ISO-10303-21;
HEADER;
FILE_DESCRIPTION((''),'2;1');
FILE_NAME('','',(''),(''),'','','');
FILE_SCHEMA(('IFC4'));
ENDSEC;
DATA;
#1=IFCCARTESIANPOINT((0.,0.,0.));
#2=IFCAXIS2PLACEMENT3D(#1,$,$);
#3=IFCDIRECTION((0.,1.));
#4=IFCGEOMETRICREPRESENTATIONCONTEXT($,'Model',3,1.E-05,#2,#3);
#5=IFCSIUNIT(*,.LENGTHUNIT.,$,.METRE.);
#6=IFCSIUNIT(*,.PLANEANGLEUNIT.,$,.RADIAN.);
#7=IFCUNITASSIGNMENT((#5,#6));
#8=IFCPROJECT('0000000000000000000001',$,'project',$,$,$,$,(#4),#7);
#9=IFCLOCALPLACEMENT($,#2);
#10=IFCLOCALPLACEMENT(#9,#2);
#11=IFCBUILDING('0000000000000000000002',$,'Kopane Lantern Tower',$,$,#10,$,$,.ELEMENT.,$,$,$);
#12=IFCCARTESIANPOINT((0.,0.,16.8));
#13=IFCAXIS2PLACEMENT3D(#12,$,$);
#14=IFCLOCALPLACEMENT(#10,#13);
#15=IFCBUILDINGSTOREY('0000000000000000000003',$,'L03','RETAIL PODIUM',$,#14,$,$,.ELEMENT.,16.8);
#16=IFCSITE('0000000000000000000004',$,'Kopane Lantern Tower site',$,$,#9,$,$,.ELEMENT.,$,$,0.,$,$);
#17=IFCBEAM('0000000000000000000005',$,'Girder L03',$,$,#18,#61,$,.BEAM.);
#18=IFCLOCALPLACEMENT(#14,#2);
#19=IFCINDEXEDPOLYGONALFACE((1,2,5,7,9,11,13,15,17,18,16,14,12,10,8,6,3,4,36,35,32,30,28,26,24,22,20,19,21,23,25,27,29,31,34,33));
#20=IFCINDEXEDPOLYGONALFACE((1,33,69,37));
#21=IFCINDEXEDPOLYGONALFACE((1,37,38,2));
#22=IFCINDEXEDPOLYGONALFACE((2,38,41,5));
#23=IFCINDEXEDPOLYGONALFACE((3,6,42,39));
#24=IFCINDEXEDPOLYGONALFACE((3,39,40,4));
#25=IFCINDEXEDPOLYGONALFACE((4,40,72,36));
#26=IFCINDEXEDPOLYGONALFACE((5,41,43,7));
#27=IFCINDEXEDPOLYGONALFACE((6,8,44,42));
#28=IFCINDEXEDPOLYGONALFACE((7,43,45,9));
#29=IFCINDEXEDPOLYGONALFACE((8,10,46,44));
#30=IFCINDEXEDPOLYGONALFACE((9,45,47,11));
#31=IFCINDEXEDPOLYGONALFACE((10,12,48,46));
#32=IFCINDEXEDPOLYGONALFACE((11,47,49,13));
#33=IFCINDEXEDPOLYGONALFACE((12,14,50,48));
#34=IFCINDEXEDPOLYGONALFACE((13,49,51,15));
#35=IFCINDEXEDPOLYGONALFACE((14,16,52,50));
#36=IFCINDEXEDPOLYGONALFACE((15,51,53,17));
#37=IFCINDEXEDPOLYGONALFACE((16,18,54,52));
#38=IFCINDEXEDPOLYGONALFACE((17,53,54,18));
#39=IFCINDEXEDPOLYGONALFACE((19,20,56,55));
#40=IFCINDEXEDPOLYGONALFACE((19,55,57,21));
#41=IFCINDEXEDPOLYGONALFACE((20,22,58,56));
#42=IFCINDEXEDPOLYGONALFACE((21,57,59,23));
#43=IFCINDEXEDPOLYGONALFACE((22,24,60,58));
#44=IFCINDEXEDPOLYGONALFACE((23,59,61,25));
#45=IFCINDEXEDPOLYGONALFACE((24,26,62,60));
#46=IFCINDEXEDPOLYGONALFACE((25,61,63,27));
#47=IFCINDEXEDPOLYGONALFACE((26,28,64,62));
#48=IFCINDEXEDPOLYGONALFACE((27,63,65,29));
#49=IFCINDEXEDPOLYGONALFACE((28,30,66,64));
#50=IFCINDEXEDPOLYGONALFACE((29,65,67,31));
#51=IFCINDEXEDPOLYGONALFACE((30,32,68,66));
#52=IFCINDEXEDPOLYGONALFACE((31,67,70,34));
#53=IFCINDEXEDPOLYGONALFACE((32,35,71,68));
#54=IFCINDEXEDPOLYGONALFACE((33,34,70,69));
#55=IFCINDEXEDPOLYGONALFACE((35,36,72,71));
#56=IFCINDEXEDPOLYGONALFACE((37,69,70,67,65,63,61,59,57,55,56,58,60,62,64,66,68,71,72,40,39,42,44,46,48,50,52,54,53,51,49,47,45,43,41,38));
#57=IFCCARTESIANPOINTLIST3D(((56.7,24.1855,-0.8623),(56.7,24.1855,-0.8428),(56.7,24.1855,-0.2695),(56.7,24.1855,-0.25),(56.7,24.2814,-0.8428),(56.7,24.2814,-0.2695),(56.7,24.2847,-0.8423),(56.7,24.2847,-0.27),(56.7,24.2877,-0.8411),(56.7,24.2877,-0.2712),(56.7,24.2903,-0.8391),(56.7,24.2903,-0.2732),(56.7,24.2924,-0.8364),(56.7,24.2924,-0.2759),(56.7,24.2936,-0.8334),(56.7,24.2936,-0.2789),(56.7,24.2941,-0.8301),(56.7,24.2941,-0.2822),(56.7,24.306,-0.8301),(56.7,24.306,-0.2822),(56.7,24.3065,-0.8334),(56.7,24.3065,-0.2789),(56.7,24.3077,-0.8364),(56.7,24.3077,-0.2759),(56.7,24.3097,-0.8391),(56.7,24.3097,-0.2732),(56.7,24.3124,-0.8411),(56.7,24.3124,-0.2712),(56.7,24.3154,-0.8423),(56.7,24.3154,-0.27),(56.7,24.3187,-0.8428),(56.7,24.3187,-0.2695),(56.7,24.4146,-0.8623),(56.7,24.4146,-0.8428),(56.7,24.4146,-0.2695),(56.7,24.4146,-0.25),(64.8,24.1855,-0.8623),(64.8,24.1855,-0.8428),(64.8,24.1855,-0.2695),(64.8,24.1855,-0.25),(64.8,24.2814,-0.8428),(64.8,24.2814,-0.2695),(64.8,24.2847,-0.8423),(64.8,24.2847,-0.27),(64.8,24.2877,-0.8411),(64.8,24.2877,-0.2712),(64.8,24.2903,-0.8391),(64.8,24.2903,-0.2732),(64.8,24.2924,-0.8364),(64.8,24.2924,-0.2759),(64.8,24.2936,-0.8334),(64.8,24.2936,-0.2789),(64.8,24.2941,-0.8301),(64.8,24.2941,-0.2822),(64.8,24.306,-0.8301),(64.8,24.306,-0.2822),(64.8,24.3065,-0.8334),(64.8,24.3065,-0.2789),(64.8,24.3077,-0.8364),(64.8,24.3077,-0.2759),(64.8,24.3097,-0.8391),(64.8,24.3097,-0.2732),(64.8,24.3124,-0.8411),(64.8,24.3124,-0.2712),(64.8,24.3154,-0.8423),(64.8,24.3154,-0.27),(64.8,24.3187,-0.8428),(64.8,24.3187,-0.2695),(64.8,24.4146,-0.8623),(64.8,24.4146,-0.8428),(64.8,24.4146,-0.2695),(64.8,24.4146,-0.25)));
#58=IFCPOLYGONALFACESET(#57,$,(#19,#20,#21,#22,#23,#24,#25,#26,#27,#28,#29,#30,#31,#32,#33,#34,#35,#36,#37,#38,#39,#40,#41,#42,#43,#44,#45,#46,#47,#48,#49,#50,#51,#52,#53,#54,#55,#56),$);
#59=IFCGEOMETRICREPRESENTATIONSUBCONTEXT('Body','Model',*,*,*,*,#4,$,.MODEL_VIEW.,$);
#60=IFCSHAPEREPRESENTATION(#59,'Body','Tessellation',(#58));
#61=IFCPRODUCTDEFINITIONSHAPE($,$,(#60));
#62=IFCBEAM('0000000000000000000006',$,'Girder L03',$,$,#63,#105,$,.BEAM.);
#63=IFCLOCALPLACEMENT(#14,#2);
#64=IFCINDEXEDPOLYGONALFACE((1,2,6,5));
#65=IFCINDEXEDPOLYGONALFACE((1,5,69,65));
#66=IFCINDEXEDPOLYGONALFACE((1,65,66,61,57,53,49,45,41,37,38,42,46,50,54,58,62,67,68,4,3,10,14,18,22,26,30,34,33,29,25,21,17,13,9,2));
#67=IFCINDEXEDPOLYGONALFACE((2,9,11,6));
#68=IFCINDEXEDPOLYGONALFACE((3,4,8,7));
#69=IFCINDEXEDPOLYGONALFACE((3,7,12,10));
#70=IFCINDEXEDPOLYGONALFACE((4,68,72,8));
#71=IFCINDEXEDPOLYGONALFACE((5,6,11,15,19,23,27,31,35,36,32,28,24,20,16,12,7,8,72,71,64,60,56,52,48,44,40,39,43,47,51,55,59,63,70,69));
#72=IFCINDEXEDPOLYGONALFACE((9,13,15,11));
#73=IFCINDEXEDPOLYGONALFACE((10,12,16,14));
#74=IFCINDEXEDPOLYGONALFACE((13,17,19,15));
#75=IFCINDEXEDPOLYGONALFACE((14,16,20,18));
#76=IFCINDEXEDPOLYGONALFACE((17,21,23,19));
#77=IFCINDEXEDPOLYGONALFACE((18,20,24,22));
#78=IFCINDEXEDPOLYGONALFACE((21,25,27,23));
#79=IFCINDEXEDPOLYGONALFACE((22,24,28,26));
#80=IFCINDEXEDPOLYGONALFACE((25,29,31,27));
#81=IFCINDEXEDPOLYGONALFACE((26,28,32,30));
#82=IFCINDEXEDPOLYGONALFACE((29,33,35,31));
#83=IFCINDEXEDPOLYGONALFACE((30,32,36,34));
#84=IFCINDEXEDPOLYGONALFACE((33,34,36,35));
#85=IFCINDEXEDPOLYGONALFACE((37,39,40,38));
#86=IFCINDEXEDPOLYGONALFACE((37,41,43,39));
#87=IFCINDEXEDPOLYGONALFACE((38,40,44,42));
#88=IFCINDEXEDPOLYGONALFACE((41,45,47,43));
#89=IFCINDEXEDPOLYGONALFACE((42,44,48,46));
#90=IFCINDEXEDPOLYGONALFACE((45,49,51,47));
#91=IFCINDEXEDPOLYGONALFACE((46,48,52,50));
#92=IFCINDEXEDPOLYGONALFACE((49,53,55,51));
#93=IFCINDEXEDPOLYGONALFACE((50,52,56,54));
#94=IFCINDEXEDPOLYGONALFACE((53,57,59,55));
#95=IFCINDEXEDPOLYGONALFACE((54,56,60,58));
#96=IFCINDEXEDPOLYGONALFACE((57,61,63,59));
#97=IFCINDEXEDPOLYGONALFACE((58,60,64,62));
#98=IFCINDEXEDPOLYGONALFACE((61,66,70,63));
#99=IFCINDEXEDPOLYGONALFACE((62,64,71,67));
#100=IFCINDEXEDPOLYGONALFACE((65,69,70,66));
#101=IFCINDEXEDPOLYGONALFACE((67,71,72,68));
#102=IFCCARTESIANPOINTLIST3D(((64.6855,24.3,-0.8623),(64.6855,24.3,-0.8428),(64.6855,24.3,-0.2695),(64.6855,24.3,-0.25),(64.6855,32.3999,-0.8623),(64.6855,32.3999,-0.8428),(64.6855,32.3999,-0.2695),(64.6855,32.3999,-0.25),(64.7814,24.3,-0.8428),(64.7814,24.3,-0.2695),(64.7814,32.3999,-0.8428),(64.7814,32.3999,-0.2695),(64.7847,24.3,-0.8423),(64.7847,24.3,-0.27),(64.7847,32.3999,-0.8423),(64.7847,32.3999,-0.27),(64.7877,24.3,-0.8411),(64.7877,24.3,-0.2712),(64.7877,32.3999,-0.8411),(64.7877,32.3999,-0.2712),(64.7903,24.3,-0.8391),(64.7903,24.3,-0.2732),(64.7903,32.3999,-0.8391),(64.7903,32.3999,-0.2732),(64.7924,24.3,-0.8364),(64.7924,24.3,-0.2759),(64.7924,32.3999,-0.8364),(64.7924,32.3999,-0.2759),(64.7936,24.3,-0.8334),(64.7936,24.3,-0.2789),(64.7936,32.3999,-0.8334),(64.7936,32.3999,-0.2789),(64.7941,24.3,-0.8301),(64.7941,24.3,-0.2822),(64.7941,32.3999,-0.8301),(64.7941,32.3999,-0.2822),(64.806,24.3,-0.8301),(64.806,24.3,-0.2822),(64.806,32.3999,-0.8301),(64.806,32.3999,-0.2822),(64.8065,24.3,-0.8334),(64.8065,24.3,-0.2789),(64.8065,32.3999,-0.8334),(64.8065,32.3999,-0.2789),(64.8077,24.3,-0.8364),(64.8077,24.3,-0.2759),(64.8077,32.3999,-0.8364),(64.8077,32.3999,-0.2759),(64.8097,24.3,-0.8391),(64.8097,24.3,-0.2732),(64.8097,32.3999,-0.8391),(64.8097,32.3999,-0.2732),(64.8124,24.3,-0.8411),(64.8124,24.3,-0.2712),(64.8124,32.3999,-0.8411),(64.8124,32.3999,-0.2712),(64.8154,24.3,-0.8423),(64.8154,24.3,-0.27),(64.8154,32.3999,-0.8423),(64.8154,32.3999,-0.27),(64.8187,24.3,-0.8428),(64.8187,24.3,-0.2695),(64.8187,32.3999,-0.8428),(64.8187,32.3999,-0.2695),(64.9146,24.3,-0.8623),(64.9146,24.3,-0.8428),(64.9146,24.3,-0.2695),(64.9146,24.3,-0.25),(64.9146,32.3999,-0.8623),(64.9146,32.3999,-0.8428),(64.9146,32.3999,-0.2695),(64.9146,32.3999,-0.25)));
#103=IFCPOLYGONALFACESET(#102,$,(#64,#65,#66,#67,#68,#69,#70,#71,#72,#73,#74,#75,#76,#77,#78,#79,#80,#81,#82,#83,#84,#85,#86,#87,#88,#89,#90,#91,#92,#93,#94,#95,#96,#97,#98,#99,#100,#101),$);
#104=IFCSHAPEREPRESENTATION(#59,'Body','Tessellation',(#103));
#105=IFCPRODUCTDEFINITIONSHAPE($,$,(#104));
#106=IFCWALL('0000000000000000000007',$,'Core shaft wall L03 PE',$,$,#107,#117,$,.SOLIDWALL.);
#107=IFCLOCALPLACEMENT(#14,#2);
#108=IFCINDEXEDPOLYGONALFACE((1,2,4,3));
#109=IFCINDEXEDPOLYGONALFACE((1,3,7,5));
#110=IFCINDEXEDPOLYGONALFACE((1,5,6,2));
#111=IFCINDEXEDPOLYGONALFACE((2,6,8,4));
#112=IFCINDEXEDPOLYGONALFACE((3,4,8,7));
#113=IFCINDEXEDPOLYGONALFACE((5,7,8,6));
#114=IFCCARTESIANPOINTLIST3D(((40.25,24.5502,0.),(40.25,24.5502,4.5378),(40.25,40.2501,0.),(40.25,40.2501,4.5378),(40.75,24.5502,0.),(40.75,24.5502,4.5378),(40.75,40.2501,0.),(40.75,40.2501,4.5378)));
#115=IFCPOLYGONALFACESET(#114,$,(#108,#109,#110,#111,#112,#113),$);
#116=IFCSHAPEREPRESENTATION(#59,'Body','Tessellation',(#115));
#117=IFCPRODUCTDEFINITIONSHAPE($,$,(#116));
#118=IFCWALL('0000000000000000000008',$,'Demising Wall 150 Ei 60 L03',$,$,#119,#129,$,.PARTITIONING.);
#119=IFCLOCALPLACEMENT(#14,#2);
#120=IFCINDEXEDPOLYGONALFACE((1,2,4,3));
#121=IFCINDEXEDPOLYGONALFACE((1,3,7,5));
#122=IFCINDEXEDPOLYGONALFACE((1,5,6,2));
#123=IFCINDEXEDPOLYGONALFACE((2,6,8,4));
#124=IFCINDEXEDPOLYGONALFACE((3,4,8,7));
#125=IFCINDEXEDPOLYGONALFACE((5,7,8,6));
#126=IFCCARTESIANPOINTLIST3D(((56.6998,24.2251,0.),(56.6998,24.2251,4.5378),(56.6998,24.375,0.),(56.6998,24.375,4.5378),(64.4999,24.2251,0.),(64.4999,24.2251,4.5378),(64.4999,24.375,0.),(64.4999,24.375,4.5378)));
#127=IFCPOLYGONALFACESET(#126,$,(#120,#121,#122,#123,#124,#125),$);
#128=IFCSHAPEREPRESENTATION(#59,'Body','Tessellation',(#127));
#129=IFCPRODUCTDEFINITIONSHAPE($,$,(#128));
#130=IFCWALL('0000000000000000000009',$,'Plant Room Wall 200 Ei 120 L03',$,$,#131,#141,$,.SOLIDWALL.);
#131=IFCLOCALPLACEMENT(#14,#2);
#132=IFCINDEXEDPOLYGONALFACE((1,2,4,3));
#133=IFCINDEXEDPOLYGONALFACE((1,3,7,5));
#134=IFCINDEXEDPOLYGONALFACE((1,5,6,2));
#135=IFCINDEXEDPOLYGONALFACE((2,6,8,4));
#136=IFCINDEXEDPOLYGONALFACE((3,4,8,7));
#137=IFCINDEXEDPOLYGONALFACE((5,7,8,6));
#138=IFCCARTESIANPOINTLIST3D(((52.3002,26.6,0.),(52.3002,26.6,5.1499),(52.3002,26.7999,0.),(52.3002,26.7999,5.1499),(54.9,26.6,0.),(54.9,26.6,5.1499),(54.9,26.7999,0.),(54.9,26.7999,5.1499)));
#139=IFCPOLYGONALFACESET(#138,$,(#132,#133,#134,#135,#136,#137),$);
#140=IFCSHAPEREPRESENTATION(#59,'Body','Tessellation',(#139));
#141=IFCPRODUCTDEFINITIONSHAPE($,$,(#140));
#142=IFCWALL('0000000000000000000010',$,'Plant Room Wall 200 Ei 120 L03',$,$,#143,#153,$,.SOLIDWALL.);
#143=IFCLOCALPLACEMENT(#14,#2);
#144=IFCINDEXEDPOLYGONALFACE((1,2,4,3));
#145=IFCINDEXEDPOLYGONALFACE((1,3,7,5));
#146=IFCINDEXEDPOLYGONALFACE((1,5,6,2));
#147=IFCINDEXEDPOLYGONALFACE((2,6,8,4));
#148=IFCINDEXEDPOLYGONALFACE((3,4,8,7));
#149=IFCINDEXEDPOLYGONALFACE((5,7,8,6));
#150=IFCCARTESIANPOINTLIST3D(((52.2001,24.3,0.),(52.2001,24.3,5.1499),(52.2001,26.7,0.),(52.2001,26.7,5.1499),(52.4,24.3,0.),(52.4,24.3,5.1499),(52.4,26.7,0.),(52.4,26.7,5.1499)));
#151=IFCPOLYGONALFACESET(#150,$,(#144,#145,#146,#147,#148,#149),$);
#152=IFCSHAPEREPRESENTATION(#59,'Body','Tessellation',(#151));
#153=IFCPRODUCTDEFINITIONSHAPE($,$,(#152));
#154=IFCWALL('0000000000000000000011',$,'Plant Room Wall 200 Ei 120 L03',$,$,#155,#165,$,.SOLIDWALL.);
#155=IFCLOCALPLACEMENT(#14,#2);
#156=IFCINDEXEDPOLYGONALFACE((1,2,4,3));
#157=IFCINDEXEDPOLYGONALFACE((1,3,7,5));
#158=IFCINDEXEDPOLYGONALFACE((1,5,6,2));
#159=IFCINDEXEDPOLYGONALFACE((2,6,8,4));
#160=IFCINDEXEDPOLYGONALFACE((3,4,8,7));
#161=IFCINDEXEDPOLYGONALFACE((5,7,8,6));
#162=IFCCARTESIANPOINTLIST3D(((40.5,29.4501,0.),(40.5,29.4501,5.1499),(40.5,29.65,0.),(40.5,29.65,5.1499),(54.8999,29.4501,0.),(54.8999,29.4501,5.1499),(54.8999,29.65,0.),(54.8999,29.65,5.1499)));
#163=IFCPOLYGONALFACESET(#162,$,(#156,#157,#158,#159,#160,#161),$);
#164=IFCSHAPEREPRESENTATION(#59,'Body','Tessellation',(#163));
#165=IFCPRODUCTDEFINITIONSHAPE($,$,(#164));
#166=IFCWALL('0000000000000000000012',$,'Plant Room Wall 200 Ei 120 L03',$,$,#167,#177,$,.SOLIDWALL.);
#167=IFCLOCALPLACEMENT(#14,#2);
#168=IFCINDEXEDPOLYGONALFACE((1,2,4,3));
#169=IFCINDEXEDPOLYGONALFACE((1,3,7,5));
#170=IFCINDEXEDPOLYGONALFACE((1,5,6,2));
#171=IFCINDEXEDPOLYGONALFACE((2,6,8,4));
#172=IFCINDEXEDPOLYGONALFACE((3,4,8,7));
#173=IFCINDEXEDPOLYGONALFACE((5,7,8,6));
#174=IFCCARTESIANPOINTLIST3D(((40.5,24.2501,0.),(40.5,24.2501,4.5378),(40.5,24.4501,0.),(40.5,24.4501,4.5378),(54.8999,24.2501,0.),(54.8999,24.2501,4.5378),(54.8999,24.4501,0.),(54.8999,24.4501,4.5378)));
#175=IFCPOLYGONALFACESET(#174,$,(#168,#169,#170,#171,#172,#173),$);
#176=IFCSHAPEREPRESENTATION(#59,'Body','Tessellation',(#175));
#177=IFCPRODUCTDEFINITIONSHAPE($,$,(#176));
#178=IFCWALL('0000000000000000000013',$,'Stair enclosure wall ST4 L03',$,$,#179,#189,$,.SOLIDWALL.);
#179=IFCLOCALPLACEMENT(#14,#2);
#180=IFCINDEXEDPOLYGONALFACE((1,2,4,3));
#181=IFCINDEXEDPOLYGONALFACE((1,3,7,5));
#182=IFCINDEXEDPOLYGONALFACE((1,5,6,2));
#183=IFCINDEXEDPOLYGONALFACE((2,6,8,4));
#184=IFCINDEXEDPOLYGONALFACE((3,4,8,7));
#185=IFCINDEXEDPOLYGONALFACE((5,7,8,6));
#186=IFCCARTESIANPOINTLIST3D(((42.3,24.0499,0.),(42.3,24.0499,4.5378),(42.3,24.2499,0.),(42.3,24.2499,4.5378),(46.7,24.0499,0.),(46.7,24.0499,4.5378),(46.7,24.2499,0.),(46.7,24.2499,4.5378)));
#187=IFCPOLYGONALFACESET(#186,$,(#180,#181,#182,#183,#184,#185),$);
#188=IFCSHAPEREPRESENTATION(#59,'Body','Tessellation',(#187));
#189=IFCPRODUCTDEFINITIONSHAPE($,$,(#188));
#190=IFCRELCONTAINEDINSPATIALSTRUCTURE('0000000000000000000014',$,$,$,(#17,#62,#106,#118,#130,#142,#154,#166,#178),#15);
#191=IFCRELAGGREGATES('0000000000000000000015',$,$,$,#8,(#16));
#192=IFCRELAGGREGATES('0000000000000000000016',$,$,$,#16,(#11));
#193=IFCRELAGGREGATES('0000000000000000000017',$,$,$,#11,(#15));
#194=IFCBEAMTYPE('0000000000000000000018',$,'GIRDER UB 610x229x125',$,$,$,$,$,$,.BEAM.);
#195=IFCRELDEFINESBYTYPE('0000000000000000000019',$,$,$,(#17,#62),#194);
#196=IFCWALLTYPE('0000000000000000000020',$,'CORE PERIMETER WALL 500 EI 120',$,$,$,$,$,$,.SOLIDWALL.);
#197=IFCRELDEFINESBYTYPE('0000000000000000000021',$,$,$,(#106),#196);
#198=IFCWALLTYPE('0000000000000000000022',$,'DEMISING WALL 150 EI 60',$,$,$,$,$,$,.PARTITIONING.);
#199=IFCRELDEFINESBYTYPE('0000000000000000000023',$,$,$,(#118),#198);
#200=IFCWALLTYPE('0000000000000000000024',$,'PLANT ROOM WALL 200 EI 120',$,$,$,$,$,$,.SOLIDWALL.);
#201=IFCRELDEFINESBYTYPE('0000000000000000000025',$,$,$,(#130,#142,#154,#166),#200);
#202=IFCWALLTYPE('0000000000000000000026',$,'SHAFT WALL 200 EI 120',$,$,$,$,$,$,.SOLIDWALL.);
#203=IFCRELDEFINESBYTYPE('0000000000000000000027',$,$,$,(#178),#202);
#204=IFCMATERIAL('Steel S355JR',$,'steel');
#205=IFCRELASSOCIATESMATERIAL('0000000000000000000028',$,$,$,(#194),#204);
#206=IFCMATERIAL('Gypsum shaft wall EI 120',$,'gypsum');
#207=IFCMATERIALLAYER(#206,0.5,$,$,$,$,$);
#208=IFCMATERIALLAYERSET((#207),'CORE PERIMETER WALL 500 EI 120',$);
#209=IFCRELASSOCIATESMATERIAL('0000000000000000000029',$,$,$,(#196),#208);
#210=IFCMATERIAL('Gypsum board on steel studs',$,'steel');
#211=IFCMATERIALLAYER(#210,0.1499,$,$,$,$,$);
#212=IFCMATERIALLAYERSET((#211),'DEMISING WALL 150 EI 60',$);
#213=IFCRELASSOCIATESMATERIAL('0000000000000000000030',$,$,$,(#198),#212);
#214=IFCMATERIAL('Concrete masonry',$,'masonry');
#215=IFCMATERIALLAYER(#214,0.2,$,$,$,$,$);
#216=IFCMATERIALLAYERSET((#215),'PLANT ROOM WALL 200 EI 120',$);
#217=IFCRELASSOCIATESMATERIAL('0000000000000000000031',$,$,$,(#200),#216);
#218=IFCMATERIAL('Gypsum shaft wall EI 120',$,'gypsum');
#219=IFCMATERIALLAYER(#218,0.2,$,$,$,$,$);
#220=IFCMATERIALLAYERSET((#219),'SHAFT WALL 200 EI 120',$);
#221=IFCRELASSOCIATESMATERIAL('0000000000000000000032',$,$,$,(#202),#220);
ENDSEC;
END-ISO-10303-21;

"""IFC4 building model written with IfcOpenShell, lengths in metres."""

from ifc_helpers import new_model, si_unit, direction, frame, frame_2d, origin, origin_2d, place, context, subcontext, project, spatial, rectangle, i_section, extrude, material, layer, layer_set, material_profile, profile_set, type_object, element, save


model = new_model("IFC4")

# Units and contexts
model_context = context("Model", 3, precision=1e-05, world=origin(), true_north=direction((0.0, 1.0)))
body_context = subcontext(model_context, "Body", "Model", "MODEL_VIEW")
ifc_project = project(units=[si_unit("LENGTHUNIT", "METRE"), si_unit("PLANEANGLEUNIT", "RADIAN")], contexts=[model_context])

# Site, building, storey
site_placement = place(None, origin())
site = spatial("IfcSite", under=ifc_project, at=site_placement, Name="Kopane Lantern Tower site", CompositionType="ELEMENT", RefElevation=0.0)
building_placement = place(site_placement, origin())
building = spatial("IfcBuilding", under=site, at=building_placement, Name="Kopane Lantern Tower", CompositionType="ELEMENT")
storey_placement = place(building_placement, frame((0.0, 0.0, 16.8)))
storey = spatial("IfcBuildingStorey", under=building, at=storey_placement, Name="L03", Description="RETAIL PODIUM", CompositionType="ELEMENT", Elevation=16.8)

# Beams
ifc_material_1 = material(Name="Steel S355JR", Category="steel")
ifc_material_profile_1 = material_profile(ifc_material_1, i_section(OverallWidth=0.229, OverallDepth=0.6123, WebThickness=0.012, FlangeThickness=0.0195, FilletRadius=0.0127, at=origin_2d()), Name="UB 610x229x125")
ifc_profile_set_1 = profile_set([ifc_material_profile_1], Name="Steel S355JR")
beam_type = type_object("IfcBeamType", Name="GIRDER UB 610x229x125", PredefinedType="BEAM", material=ifc_profile_set_1)
beam_1_placement = place(storey_placement, frame((56.7, 24.3, -0.5562), z_axis=(1.0, 0.0, 0.0), x_axis=(0.0, 1.0, 0.0)))
element("IfcBeam", 1, at=beam_1_placement, inside=storey, type_object=beam_type, Name="Girder L03", PredefinedType="BEAM", context=body_context, shape_type="SweptSolid", body=[
    extrude(i_section(OverallWidth=0.229, OverallDepth=0.6123, WebThickness=0.012, FlangeThickness=0.0195, FilletRadius=0.0127, at=origin_2d()), origin(), (0.0, 0.0, 1.0), 8.1001),
])
beam_2_placement = place(storey_placement, frame((64.8, 24.3, -0.5562), z_axis=(0.0, 1.0, 0.0), x_axis=(-1.0, 0.0, 0.0)))
element("IfcBeam", 2, at=beam_2_placement, inside=storey, type_object=beam_type, Name="Girder L03", PredefinedType="BEAM", context=body_context, shape_type="SweptSolid", body=[
    extrude(i_section(OverallWidth=0.229, OverallDepth=0.6123, WebThickness=0.012, FlangeThickness=0.0195, FilletRadius=0.0127, at=origin_2d()), origin(), (0.0, 0.0, 1.0), 8.0999),
])

# Walls
ifc_material_2 = material(Name="Gypsum shaft wall EI 120", Category="gypsum")
ifc_layer_1 = layer(ifc_material_2, 0.5)
ifc_layer_set_1 = layer_set([ifc_layer_1], Name="CORE PERIMETER WALL 500 EI 120")
wall_type_1 = type_object("IfcWallType", Name="CORE PERIMETER WALL 500 EI 120", PredefinedType="SOLIDWALL", material=ifc_layer_set_1)
wall_1_placement = place(storey_placement, frame((40.5, 24.55, 0.0), z_axis=(0.0, 0.0, 1.0), x_axis=(0.0, 1.0, 0.0)))
element("IfcWall", 3, at=wall_1_placement, inside=storey, type_object=wall_type_1, Name="Core shaft wall L03 PE", PredefinedType="SOLIDWALL", context=body_context, shape_type="SweptSolid", body=[
    extrude(rectangle(XDim=15.7, YDim=0.5, at=frame_2d((7.8501, 0.0))), origin(), (0.0, 0.0, 1.0), 4.5378),
])
ifc_material_3 = material(Name="Gypsum board on steel studs", Category="steel")
ifc_layer_2 = layer(ifc_material_3, 0.1499)
ifc_layer_set_2 = layer_set([ifc_layer_2], Name="DEMISING WALL 150 EI 60")
wall_type_2 = type_object("IfcWallType", Name="DEMISING WALL 150 EI 60", PredefinedType="PARTITIONING", material=ifc_layer_set_2)
wall_2_placement = place(storey_placement, frame((56.7, 24.3, 0.0), z_axis=(0.0, 0.0, 1.0), x_axis=(1.0, 0.0, 0.0)))
element("IfcWall", 4, at=wall_2_placement, inside=storey, type_object=wall_type_2, Name="Demising Wall 150 Ei 60 L03", PredefinedType="PARTITIONING", context=body_context, shape_type="SweptSolid", body=[
    extrude(rectangle(XDim=7.8, YDim=0.1499, at=frame_2d((3.8999, 0.0))), origin(), (0.0, 0.0, 1.0), 4.5378),
])
ifc_material_4 = material(Name="Concrete masonry", Category="masonry")
ifc_layer_3 = layer(ifc_material_4, 0.2)
ifc_layer_set_3 = layer_set([ifc_layer_3], Name="PLANT ROOM WALL 200 EI 120")
wall_type_3 = type_object("IfcWallType", Name="PLANT ROOM WALL 200 EI 120", PredefinedType="SOLIDWALL", material=ifc_layer_set_3)
wall_3_placement = place(storey_placement, frame((54.8999, 26.7, 0.0), z_axis=(0.0, 0.0, 1.0), x_axis=(-1.0, 0.0, 0.0)))
element("IfcWall", 5, at=wall_3_placement, inside=storey, type_object=wall_type_3, Name="Plant Room Wall 200 Ei 120 L03", PredefinedType="SOLIDWALL", context=body_context, shape_type="SweptSolid", body=[
    extrude(rectangle(XDim=2.5999, YDim=0.2, at=frame_2d((1.2998, 0.0))), origin(), (0.0, 0.0, 1.0), 5.1499),
])
wall_4_placement = place(storey_placement, frame((52.3, 24.3, 0.0), z_axis=(0.0, 0.0, 1.0), x_axis=(0.0, 1.0, 0.0)))
element("IfcWall", 6, at=wall_4_placement, inside=storey, type_object=wall_type_3, Name="Plant Room Wall 200 Ei 120 L03", PredefinedType="SOLIDWALL", context=body_context, shape_type="SweptSolid", body=[
    extrude(rectangle(XDim=2.3999, YDim=0.2, at=frame_2d((1.2, 0.0))), origin(), (0.0, 0.0, 1.0), 5.1499),
])
wall_5_placement = place(storey_placement, frame((54.8999, 29.55, 0.0), z_axis=(0.0, 0.0, 1.0), x_axis=(-1.0, 0.0, 0.0)))
element("IfcWall", 7, at=wall_5_placement, inside=storey, type_object=wall_type_3, Name="Plant Room Wall 200 Ei 120 L03", PredefinedType="SOLIDWALL", context=body_context, shape_type="SweptSolid", body=[
    extrude(rectangle(XDim=14.3999, YDim=0.2, at=frame_2d((7.2, 0.0))), origin(), (0.0, 0.0, 1.0), 5.1499),
])
wall_6_placement = place(storey_placement, frame((40.5, 24.3501, 0.0), z_axis=(0.0, 0.0, 1.0), x_axis=(1.0, 0.0, 0.0)))
element("IfcWall", 8, at=wall_6_placement, inside=storey, type_object=wall_type_3, Name="Plant Room Wall 200 Ei 120 L03", PredefinedType="SOLIDWALL", context=body_context, shape_type="SweptSolid", body=[
    extrude(rectangle(XDim=14.3999, YDim=0.2, at=frame_2d((7.2, 0.0))), origin(), (0.0, 0.0, 1.0), 4.5378),
])
ifc_material_5 = material(Name="Gypsum shaft wall EI 120", Category="gypsum")
ifc_layer_4 = layer(ifc_material_5, 0.2)
ifc_layer_set_4 = layer_set([ifc_layer_4], Name="SHAFT WALL 200 EI 120")
wall_type_4 = type_object("IfcWallType", Name="SHAFT WALL 200 EI 120", PredefinedType="SOLIDWALL", material=ifc_layer_set_4)
wall_7_placement = place(storey_placement, frame((42.3, 24.1499, 0.0), z_axis=(0.0, 0.0, 1.0), x_axis=(1.0, 0.0, 0.0)))
element("IfcWall", 9, at=wall_7_placement, inside=storey, type_object=wall_type_4, Name="Stair enclosure wall ST4 L03", PredefinedType="SOLIDWALL", context=body_context, shape_type="SweptSolid", body=[
    extrude(rectangle(XDim=4.3999, YDim=0.2, at=frame_2d((2.2, 0.0))), origin(), (0.0, 0.0, 1.0), 4.5378),
])

save(model, "model.ifc")
